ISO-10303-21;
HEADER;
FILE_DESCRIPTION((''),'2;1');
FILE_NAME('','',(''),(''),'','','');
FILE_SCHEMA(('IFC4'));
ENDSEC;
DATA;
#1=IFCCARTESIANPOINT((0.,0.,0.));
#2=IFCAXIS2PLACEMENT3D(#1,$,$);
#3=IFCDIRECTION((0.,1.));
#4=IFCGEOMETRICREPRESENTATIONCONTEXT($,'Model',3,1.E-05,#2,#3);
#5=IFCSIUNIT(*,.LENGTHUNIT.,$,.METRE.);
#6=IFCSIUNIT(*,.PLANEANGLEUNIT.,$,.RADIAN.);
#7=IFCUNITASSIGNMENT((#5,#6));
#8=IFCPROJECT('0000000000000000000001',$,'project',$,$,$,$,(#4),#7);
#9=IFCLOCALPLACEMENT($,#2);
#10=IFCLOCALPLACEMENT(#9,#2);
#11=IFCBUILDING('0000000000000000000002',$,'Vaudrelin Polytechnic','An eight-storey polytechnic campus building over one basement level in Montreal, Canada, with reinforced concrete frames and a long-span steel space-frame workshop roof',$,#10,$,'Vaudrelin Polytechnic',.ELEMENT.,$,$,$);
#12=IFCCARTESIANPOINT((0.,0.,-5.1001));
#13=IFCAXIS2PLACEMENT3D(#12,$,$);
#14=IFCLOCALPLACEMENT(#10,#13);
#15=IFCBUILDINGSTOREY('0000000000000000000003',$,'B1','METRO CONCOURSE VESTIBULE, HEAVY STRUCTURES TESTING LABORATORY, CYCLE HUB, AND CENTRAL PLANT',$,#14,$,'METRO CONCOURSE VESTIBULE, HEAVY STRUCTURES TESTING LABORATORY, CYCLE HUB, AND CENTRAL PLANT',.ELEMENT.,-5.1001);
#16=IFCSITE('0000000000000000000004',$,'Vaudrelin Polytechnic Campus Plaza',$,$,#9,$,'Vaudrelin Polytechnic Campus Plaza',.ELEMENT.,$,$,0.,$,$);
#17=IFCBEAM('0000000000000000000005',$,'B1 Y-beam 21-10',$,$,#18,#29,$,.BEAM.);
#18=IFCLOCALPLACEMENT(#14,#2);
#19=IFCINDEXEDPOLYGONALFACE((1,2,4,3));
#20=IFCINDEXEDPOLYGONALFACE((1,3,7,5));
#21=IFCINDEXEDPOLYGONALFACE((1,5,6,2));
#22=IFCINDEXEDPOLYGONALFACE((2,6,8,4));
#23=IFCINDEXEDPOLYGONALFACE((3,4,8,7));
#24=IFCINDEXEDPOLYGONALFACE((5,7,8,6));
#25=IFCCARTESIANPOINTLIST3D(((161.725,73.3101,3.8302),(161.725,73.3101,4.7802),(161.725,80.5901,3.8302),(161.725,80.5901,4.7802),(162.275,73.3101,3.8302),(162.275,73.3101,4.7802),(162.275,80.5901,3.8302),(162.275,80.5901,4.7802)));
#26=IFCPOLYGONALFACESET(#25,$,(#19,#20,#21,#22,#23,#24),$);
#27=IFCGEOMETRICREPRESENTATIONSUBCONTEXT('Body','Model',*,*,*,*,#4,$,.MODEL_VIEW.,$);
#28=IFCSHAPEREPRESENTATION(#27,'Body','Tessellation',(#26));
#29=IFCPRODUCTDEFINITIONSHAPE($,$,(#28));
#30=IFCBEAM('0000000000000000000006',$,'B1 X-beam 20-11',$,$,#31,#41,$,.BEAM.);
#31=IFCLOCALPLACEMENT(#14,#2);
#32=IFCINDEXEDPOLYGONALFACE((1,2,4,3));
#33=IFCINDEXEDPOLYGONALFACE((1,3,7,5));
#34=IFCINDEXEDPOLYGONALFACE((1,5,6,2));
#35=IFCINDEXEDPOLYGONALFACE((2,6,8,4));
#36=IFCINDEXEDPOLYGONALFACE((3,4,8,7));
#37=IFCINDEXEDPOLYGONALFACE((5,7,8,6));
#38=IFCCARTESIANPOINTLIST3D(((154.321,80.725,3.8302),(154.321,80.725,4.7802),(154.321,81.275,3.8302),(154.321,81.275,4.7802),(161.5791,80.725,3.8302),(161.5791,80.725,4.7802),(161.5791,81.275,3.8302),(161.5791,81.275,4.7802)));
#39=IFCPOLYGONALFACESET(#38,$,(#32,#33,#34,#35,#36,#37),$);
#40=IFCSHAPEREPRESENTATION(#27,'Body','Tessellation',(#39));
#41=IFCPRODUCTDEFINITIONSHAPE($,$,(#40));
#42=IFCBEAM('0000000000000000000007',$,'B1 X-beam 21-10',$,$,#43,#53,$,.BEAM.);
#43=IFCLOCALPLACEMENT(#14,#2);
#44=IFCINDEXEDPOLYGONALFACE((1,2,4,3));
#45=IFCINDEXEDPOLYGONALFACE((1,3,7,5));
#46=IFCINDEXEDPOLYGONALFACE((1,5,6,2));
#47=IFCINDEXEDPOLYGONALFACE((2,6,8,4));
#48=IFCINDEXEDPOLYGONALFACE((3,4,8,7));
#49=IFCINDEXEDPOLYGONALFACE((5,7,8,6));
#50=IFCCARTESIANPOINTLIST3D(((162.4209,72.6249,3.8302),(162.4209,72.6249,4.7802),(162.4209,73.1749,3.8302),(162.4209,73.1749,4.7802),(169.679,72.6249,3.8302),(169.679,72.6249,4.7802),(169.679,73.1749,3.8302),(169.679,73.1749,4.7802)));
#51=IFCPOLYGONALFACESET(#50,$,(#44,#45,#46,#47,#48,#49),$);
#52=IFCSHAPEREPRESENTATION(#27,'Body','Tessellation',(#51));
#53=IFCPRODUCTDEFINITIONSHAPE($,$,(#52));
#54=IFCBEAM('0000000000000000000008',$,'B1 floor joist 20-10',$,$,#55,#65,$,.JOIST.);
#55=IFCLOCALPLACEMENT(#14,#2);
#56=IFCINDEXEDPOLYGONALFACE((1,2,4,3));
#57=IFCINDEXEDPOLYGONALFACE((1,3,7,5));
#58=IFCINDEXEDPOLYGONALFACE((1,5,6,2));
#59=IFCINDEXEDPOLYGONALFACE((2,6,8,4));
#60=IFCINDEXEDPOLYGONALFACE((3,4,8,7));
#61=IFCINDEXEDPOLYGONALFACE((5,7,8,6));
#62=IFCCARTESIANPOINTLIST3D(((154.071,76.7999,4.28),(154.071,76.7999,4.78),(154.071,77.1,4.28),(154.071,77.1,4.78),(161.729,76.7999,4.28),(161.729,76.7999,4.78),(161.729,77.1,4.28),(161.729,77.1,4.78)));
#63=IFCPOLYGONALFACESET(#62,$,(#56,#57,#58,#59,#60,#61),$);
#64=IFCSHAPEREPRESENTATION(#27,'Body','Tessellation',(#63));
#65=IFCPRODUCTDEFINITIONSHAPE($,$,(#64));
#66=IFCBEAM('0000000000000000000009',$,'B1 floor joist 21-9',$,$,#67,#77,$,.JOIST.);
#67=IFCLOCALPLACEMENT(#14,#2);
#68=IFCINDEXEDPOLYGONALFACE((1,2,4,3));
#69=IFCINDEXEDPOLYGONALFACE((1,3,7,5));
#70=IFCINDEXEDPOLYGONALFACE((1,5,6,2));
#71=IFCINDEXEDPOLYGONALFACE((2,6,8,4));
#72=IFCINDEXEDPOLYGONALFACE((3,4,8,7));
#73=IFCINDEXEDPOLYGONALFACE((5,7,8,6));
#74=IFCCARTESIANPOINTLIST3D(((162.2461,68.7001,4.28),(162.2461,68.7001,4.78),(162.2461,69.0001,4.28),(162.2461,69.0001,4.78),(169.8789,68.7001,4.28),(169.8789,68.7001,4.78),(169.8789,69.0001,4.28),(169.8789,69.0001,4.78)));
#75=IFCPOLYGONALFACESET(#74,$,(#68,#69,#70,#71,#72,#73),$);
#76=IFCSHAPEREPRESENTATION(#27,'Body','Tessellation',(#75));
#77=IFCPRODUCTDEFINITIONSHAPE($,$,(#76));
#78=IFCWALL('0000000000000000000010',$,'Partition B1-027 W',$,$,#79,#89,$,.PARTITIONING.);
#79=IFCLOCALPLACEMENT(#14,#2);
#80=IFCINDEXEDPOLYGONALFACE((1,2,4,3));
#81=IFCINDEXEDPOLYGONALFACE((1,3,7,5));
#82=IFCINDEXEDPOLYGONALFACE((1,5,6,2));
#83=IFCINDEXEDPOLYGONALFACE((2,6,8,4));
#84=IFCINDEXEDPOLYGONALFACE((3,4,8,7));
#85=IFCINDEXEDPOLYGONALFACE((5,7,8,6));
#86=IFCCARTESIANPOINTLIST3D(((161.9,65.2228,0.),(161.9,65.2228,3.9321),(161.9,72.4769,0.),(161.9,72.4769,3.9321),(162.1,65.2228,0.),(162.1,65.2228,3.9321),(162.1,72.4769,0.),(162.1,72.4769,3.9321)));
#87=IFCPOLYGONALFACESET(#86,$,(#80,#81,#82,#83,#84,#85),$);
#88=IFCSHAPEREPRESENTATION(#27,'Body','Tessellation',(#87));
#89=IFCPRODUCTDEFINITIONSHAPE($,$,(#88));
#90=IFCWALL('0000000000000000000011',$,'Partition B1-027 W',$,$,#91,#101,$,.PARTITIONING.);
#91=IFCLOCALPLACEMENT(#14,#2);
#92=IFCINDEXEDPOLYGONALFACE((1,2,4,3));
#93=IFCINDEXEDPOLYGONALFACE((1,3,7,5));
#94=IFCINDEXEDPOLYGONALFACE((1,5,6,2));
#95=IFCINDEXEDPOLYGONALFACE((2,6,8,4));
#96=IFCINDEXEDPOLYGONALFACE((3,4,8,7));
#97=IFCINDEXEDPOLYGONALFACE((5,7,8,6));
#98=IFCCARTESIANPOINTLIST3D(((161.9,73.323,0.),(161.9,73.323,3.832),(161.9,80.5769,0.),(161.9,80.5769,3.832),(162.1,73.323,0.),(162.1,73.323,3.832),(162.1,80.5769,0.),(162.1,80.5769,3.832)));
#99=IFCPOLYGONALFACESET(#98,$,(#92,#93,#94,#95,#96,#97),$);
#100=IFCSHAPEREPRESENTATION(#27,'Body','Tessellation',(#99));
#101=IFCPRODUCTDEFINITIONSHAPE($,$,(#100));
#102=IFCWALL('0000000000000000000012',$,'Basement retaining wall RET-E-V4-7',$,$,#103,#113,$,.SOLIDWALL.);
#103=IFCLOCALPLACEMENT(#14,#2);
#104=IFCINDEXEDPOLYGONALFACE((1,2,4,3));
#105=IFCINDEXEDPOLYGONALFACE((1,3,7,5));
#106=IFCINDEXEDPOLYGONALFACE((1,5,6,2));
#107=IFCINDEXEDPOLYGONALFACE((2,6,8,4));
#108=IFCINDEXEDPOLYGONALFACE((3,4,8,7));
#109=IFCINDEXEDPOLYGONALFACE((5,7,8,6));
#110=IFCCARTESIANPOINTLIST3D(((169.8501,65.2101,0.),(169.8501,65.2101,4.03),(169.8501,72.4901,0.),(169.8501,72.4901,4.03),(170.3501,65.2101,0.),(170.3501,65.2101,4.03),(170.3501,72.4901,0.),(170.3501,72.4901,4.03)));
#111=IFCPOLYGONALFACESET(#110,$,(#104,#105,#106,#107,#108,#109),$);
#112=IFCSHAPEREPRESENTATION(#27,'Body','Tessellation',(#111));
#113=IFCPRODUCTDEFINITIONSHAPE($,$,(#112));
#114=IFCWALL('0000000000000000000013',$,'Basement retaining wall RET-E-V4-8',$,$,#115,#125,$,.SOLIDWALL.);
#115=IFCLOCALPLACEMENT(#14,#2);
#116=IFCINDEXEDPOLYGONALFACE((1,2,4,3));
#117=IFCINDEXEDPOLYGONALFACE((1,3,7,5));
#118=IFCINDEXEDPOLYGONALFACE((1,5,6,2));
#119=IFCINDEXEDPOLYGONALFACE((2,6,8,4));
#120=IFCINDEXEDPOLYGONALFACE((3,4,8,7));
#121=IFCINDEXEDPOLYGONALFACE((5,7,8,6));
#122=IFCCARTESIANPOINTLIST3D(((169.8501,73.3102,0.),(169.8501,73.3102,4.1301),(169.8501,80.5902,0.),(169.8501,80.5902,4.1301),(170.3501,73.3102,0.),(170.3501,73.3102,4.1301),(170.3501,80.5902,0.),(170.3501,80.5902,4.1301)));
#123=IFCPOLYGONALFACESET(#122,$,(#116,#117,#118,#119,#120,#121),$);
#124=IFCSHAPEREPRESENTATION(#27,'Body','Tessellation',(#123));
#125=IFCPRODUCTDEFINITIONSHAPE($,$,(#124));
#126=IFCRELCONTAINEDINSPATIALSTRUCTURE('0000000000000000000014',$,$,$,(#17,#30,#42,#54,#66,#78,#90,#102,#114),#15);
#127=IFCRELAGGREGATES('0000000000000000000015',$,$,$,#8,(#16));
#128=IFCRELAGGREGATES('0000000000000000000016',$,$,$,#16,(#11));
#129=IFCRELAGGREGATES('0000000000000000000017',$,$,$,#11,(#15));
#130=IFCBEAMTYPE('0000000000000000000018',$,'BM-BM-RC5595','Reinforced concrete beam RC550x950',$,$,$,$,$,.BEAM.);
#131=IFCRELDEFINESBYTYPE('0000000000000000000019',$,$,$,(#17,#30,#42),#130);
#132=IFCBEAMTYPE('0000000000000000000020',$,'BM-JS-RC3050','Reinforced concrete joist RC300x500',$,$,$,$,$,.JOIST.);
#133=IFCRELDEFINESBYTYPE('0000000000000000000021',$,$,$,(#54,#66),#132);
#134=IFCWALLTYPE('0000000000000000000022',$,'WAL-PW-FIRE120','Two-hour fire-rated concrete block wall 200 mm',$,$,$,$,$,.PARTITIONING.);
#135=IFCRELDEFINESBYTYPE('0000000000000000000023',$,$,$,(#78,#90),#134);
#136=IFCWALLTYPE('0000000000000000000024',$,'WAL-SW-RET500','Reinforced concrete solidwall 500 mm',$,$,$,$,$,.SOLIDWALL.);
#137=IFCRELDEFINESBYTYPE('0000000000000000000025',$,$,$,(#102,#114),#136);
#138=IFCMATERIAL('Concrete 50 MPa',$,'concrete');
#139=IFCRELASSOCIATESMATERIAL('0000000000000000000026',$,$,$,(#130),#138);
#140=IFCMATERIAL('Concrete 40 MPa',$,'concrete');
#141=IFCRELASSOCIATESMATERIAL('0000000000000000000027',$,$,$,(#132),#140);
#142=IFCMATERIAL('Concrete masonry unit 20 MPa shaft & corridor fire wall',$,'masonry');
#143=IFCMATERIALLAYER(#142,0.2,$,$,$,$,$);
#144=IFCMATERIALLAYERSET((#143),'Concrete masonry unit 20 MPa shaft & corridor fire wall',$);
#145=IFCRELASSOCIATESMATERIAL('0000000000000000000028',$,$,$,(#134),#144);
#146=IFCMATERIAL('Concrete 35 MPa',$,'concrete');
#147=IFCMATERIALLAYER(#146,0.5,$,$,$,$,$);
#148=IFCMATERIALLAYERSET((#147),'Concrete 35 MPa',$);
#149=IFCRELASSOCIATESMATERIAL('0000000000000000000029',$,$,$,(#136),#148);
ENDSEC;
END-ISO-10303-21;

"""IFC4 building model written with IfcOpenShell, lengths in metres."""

from ifc_helpers import new_model, si_unit, direction, frame, frame_2d, origin, origin_2d, place, context, subcontext, project, spatial, rectangle, extrude, material, layer, layer_set, material_profile, profile_set, type_object, element, save


model = new_model("IFC4")

# Units and contexts
model_context = context("Model", 3, precision=1e-05, world=origin(), true_north=direction((0.0, 1.0)))
body_context = subcontext(model_context, "Body", "Model", "MODEL_VIEW")
ifc_project = project(units=[si_unit("LENGTHUNIT", "METRE"), si_unit("PLANEANGLEUNIT", "RADIAN")], contexts=[model_context])

# Site, building, storey
site_placement = place(None, origin())
site = spatial("IfcSite", under=ifc_project, at=site_placement, Name="Vaudrelin Polytechnic Campus Plaza", LongName="Vaudrelin Polytechnic Campus Plaza", CompositionType="ELEMENT", RefElevation=0.0)
building_placement = place(site_placement, origin())
building = spatial("IfcBuilding", under=site, at=building_placement, Name="Vaudrelin Polytechnic", Description="An eight-storey polytechnic campus building over one basement level in Montreal, Canada, with reinforced concrete frames and a long-span steel space-frame workshop roof", LongName="Vaudrelin Polytechnic", CompositionType="ELEMENT")
storey_placement = place(building_placement, frame((0.0, 0.0, -5.1001)))
storey = spatial("IfcBuildingStorey", under=building, at=storey_placement, Name="B1", Description="METRO CONCOURSE VESTIBULE, HEAVY STRUCTURES TESTING LABORATORY, CYCLE HUB, AND CENTRAL PLANT", LongName="METRO CONCOURSE VESTIBULE, HEAVY STRUCTURES TESTING LABORATORY, CYCLE HUB, AND CENTRAL PLANT", CompositionType="ELEMENT", Elevation=-5.1001)

# Shared definitions
ifc_material_1 = material(Name="Concrete 40 MPa", Category="concrete")

# Shared definitions
ifc_material_2 = material(Name="Concrete 50 MPa", Category="concrete")

# Beams
ifc_material_profile_1 = material_profile(ifc_material_2, rectangle(XDim=0.55, YDim=0.95, at=origin_2d()), Name="RC550x950")
ifc_profile_set_1 = profile_set([ifc_material_profile_1], Name="Concrete 50 MPa")
beam_type_1 = type_object("IfcBeamType", Name="BM-BM-RC5595", Description="Reinforced concrete beam RC550x950", PredefinedType="BEAM", material=ifc_profile_set_1)
beam_1_placement = place(storey_placement, frame((162.0, 73.3101, 4.3052), z_axis=(0.0, 1.0, 0.0), x_axis=(-1.0, 0.0, 0.0)))
element("IfcBeam", 1, at=beam_1_placement, inside=storey, type_object=beam_type_1, Name="B1 Y-beam 21-10", PredefinedType="BEAM", context=body_context, shape_type="SweptSolid", body=[
    extrude(rectangle(XDim=0.55, YDim=0.95, at=origin_2d()), origin(), (0.0, 0.0, 1.0), 7.28),
])
for number, where, z_axis, x_axis, name in (
    (2, (154.321, 81.0, 4.3052), (1.0, 0.0, 0.0), (0.0, 1.0, 0.0), "B1 X-beam 20-11"),
    (3, (162.4209, 72.8999, 4.3052), (1.0, 0.0, 0.0), (0.0, 1.0, 0.0), "B1 X-beam 21-10"),
):
    element("IfcBeam", number, at=place(storey_placement, frame(where, z_axis=z_axis, x_axis=x_axis)), inside=storey, type_object=beam_type_1, Name=name, PredefinedType="BEAM", context=body_context, shape_type="SweptSolid", body=[
        extrude(rectangle(XDim=0.55, YDim=0.95, at=origin_2d()), origin(), (0.0, 0.0, 1.0), 7.2581),
    ])
ifc_material_profile_2 = material_profile(ifc_material_1, rectangle(XDim=0.3, YDim=0.5, at=origin_2d()), Name="RC300x500")
ifc_profile_set_2 = profile_set([ifc_material_profile_2], Name="Concrete 40 MPa")
beam_type_2 = type_object("IfcBeamType", Name="BM-JS-RC3050", Description="Reinforced concrete joist RC300x500", PredefinedType="JOIST", material=ifc_profile_set_2)
beam_2_placement = place(storey_placement, frame((154.071, 76.95, 4.53), z_axis=(1.0, 0.0, 0.0), x_axis=(0.0, 1.0, 0.0)))
element("IfcBeam", 4, at=beam_2_placement, inside=storey, type_object=beam_type_2, Name="B1 floor joist 20-10", PredefinedType="JOIST", context=body_context, shape_type="SweptSolid", body=[
    extrude(rectangle(XDim=0.3, YDim=0.5, at=origin_2d()), origin(), (0.0, 0.0, 1.0), 7.658),
])
beam_3_placement = place(storey_placement, frame((162.2461, 68.8501, 4.53), z_axis=(1.0, 0.0, 0.0), x_axis=(0.0, 1.0, 0.0)))
element("IfcBeam", 5, at=beam_3_placement, inside=storey, type_object=beam_type_2, Name="B1 floor joist 21-9", PredefinedType="JOIST", context=body_context, shape_type="SweptSolid", body=[
    extrude(rectangle(XDim=0.3, YDim=0.5, at=origin_2d()), origin(), (0.0, 0.0, 1.0), 7.6328),
])

# Walls
ifc_material_3 = material(Name="Concrete masonry unit 20 MPa shaft & corridor fire wall", Category="masonry")
ifc_layer_1 = layer(ifc_material_3, 0.2)
ifc_layer_set_1 = layer_set([ifc_layer_1], Name="Concrete masonry unit 20 MPa shaft & corridor fire wall")
wall_type_1 = type_object("IfcWallType", Name="WAL-PW-FIRE120", Description="Two-hour fire-rated concrete block wall 200 mm", PredefinedType="PARTITIONING", material=ifc_layer_set_1)
wall_1_placement = place(storey_placement, frame((162.0, 65.2229, 0.0), z_axis=(0.0, 0.0, 1.0), x_axis=(0.0, 1.0, 0.0)))
element("IfcWall", 6, at=wall_1_placement, inside=storey, type_object=wall_type_1, Name="Partition B1-027 W", PredefinedType="PARTITIONING", context=body_context, shape_type="SweptSolid", body=[
    extrude(rectangle(XDim=7.2542, YDim=0.2, at=frame_2d((3.627, 0.0))), origin(), (0.0, 0.0, 1.0), 3.9321),
])
wall_2_placement = place(storey_placement, frame((162.0, 73.323, 0.0), z_axis=(0.0, 0.0, 1.0), x_axis=(0.0, 1.0, 0.0)))
element("IfcWall", 7, at=wall_2_placement, inside=storey, type_object=wall_type_1, Name="Partition B1-027 W", PredefinedType="PARTITIONING", context=body_context, shape_type="SweptSolid", body=[
    extrude(rectangle(XDim=7.2539, YDim=0.2, at=frame_2d((3.627, 0.0))), origin(), (0.0, 0.0, 1.0), 3.832),
])
ifc_material_4 = material(Name="Concrete 35 MPa", Category="concrete")
ifc_layer_2 = layer(ifc_material_4, 0.5)
ifc_layer_set_2 = layer_set([ifc_layer_2], Name="Concrete 35 MPa")
wall_type_2 = type_object("IfcWallType", Name="WAL-SW-RET500", Description="Reinforced concrete solidwall 500 mm", PredefinedType="SOLIDWALL", material=ifc_layer_set_2)
wall_3_placement = place(storey_placement, frame((170.1001, 65.21, 0.0), z_axis=(0.0, 0.0, 1.0), x_axis=(0.0, 1.0, 0.0)))
element("IfcWall", 8, at=wall_3_placement, inside=storey, type_object=wall_type_2, Name="Basement retaining wall RET-E-V4-7", PredefinedType="SOLIDWALL", context=body_context, shape_type="SweptSolid", body=[
    extrude(rectangle(XDim=7.28, YDim=0.5, at=frame_2d((3.6401, 0.0))), origin(), (0.0, 0.0, 1.0), 4.03),
])
wall_4_placement = place(storey_placement, frame((170.1001, 73.3101, 0.0), z_axis=(0.0, 0.0, 1.0), x_axis=(0.0, 1.0, 0.0)))
element("IfcWall", 9, at=wall_4_placement, inside=storey, type_object=wall_type_2, Name="Basement retaining wall RET-E-V4-8", PredefinedType="SOLIDWALL", context=body_context, shape_type="SweptSolid", body=[
    extrude(rectangle(XDim=7.28, YDim=0.5, at=frame_2d((3.6401, 0.0))), origin(), (0.0, 0.0, 1.0), 4.1301),
])

save(model, "model.ifc")
